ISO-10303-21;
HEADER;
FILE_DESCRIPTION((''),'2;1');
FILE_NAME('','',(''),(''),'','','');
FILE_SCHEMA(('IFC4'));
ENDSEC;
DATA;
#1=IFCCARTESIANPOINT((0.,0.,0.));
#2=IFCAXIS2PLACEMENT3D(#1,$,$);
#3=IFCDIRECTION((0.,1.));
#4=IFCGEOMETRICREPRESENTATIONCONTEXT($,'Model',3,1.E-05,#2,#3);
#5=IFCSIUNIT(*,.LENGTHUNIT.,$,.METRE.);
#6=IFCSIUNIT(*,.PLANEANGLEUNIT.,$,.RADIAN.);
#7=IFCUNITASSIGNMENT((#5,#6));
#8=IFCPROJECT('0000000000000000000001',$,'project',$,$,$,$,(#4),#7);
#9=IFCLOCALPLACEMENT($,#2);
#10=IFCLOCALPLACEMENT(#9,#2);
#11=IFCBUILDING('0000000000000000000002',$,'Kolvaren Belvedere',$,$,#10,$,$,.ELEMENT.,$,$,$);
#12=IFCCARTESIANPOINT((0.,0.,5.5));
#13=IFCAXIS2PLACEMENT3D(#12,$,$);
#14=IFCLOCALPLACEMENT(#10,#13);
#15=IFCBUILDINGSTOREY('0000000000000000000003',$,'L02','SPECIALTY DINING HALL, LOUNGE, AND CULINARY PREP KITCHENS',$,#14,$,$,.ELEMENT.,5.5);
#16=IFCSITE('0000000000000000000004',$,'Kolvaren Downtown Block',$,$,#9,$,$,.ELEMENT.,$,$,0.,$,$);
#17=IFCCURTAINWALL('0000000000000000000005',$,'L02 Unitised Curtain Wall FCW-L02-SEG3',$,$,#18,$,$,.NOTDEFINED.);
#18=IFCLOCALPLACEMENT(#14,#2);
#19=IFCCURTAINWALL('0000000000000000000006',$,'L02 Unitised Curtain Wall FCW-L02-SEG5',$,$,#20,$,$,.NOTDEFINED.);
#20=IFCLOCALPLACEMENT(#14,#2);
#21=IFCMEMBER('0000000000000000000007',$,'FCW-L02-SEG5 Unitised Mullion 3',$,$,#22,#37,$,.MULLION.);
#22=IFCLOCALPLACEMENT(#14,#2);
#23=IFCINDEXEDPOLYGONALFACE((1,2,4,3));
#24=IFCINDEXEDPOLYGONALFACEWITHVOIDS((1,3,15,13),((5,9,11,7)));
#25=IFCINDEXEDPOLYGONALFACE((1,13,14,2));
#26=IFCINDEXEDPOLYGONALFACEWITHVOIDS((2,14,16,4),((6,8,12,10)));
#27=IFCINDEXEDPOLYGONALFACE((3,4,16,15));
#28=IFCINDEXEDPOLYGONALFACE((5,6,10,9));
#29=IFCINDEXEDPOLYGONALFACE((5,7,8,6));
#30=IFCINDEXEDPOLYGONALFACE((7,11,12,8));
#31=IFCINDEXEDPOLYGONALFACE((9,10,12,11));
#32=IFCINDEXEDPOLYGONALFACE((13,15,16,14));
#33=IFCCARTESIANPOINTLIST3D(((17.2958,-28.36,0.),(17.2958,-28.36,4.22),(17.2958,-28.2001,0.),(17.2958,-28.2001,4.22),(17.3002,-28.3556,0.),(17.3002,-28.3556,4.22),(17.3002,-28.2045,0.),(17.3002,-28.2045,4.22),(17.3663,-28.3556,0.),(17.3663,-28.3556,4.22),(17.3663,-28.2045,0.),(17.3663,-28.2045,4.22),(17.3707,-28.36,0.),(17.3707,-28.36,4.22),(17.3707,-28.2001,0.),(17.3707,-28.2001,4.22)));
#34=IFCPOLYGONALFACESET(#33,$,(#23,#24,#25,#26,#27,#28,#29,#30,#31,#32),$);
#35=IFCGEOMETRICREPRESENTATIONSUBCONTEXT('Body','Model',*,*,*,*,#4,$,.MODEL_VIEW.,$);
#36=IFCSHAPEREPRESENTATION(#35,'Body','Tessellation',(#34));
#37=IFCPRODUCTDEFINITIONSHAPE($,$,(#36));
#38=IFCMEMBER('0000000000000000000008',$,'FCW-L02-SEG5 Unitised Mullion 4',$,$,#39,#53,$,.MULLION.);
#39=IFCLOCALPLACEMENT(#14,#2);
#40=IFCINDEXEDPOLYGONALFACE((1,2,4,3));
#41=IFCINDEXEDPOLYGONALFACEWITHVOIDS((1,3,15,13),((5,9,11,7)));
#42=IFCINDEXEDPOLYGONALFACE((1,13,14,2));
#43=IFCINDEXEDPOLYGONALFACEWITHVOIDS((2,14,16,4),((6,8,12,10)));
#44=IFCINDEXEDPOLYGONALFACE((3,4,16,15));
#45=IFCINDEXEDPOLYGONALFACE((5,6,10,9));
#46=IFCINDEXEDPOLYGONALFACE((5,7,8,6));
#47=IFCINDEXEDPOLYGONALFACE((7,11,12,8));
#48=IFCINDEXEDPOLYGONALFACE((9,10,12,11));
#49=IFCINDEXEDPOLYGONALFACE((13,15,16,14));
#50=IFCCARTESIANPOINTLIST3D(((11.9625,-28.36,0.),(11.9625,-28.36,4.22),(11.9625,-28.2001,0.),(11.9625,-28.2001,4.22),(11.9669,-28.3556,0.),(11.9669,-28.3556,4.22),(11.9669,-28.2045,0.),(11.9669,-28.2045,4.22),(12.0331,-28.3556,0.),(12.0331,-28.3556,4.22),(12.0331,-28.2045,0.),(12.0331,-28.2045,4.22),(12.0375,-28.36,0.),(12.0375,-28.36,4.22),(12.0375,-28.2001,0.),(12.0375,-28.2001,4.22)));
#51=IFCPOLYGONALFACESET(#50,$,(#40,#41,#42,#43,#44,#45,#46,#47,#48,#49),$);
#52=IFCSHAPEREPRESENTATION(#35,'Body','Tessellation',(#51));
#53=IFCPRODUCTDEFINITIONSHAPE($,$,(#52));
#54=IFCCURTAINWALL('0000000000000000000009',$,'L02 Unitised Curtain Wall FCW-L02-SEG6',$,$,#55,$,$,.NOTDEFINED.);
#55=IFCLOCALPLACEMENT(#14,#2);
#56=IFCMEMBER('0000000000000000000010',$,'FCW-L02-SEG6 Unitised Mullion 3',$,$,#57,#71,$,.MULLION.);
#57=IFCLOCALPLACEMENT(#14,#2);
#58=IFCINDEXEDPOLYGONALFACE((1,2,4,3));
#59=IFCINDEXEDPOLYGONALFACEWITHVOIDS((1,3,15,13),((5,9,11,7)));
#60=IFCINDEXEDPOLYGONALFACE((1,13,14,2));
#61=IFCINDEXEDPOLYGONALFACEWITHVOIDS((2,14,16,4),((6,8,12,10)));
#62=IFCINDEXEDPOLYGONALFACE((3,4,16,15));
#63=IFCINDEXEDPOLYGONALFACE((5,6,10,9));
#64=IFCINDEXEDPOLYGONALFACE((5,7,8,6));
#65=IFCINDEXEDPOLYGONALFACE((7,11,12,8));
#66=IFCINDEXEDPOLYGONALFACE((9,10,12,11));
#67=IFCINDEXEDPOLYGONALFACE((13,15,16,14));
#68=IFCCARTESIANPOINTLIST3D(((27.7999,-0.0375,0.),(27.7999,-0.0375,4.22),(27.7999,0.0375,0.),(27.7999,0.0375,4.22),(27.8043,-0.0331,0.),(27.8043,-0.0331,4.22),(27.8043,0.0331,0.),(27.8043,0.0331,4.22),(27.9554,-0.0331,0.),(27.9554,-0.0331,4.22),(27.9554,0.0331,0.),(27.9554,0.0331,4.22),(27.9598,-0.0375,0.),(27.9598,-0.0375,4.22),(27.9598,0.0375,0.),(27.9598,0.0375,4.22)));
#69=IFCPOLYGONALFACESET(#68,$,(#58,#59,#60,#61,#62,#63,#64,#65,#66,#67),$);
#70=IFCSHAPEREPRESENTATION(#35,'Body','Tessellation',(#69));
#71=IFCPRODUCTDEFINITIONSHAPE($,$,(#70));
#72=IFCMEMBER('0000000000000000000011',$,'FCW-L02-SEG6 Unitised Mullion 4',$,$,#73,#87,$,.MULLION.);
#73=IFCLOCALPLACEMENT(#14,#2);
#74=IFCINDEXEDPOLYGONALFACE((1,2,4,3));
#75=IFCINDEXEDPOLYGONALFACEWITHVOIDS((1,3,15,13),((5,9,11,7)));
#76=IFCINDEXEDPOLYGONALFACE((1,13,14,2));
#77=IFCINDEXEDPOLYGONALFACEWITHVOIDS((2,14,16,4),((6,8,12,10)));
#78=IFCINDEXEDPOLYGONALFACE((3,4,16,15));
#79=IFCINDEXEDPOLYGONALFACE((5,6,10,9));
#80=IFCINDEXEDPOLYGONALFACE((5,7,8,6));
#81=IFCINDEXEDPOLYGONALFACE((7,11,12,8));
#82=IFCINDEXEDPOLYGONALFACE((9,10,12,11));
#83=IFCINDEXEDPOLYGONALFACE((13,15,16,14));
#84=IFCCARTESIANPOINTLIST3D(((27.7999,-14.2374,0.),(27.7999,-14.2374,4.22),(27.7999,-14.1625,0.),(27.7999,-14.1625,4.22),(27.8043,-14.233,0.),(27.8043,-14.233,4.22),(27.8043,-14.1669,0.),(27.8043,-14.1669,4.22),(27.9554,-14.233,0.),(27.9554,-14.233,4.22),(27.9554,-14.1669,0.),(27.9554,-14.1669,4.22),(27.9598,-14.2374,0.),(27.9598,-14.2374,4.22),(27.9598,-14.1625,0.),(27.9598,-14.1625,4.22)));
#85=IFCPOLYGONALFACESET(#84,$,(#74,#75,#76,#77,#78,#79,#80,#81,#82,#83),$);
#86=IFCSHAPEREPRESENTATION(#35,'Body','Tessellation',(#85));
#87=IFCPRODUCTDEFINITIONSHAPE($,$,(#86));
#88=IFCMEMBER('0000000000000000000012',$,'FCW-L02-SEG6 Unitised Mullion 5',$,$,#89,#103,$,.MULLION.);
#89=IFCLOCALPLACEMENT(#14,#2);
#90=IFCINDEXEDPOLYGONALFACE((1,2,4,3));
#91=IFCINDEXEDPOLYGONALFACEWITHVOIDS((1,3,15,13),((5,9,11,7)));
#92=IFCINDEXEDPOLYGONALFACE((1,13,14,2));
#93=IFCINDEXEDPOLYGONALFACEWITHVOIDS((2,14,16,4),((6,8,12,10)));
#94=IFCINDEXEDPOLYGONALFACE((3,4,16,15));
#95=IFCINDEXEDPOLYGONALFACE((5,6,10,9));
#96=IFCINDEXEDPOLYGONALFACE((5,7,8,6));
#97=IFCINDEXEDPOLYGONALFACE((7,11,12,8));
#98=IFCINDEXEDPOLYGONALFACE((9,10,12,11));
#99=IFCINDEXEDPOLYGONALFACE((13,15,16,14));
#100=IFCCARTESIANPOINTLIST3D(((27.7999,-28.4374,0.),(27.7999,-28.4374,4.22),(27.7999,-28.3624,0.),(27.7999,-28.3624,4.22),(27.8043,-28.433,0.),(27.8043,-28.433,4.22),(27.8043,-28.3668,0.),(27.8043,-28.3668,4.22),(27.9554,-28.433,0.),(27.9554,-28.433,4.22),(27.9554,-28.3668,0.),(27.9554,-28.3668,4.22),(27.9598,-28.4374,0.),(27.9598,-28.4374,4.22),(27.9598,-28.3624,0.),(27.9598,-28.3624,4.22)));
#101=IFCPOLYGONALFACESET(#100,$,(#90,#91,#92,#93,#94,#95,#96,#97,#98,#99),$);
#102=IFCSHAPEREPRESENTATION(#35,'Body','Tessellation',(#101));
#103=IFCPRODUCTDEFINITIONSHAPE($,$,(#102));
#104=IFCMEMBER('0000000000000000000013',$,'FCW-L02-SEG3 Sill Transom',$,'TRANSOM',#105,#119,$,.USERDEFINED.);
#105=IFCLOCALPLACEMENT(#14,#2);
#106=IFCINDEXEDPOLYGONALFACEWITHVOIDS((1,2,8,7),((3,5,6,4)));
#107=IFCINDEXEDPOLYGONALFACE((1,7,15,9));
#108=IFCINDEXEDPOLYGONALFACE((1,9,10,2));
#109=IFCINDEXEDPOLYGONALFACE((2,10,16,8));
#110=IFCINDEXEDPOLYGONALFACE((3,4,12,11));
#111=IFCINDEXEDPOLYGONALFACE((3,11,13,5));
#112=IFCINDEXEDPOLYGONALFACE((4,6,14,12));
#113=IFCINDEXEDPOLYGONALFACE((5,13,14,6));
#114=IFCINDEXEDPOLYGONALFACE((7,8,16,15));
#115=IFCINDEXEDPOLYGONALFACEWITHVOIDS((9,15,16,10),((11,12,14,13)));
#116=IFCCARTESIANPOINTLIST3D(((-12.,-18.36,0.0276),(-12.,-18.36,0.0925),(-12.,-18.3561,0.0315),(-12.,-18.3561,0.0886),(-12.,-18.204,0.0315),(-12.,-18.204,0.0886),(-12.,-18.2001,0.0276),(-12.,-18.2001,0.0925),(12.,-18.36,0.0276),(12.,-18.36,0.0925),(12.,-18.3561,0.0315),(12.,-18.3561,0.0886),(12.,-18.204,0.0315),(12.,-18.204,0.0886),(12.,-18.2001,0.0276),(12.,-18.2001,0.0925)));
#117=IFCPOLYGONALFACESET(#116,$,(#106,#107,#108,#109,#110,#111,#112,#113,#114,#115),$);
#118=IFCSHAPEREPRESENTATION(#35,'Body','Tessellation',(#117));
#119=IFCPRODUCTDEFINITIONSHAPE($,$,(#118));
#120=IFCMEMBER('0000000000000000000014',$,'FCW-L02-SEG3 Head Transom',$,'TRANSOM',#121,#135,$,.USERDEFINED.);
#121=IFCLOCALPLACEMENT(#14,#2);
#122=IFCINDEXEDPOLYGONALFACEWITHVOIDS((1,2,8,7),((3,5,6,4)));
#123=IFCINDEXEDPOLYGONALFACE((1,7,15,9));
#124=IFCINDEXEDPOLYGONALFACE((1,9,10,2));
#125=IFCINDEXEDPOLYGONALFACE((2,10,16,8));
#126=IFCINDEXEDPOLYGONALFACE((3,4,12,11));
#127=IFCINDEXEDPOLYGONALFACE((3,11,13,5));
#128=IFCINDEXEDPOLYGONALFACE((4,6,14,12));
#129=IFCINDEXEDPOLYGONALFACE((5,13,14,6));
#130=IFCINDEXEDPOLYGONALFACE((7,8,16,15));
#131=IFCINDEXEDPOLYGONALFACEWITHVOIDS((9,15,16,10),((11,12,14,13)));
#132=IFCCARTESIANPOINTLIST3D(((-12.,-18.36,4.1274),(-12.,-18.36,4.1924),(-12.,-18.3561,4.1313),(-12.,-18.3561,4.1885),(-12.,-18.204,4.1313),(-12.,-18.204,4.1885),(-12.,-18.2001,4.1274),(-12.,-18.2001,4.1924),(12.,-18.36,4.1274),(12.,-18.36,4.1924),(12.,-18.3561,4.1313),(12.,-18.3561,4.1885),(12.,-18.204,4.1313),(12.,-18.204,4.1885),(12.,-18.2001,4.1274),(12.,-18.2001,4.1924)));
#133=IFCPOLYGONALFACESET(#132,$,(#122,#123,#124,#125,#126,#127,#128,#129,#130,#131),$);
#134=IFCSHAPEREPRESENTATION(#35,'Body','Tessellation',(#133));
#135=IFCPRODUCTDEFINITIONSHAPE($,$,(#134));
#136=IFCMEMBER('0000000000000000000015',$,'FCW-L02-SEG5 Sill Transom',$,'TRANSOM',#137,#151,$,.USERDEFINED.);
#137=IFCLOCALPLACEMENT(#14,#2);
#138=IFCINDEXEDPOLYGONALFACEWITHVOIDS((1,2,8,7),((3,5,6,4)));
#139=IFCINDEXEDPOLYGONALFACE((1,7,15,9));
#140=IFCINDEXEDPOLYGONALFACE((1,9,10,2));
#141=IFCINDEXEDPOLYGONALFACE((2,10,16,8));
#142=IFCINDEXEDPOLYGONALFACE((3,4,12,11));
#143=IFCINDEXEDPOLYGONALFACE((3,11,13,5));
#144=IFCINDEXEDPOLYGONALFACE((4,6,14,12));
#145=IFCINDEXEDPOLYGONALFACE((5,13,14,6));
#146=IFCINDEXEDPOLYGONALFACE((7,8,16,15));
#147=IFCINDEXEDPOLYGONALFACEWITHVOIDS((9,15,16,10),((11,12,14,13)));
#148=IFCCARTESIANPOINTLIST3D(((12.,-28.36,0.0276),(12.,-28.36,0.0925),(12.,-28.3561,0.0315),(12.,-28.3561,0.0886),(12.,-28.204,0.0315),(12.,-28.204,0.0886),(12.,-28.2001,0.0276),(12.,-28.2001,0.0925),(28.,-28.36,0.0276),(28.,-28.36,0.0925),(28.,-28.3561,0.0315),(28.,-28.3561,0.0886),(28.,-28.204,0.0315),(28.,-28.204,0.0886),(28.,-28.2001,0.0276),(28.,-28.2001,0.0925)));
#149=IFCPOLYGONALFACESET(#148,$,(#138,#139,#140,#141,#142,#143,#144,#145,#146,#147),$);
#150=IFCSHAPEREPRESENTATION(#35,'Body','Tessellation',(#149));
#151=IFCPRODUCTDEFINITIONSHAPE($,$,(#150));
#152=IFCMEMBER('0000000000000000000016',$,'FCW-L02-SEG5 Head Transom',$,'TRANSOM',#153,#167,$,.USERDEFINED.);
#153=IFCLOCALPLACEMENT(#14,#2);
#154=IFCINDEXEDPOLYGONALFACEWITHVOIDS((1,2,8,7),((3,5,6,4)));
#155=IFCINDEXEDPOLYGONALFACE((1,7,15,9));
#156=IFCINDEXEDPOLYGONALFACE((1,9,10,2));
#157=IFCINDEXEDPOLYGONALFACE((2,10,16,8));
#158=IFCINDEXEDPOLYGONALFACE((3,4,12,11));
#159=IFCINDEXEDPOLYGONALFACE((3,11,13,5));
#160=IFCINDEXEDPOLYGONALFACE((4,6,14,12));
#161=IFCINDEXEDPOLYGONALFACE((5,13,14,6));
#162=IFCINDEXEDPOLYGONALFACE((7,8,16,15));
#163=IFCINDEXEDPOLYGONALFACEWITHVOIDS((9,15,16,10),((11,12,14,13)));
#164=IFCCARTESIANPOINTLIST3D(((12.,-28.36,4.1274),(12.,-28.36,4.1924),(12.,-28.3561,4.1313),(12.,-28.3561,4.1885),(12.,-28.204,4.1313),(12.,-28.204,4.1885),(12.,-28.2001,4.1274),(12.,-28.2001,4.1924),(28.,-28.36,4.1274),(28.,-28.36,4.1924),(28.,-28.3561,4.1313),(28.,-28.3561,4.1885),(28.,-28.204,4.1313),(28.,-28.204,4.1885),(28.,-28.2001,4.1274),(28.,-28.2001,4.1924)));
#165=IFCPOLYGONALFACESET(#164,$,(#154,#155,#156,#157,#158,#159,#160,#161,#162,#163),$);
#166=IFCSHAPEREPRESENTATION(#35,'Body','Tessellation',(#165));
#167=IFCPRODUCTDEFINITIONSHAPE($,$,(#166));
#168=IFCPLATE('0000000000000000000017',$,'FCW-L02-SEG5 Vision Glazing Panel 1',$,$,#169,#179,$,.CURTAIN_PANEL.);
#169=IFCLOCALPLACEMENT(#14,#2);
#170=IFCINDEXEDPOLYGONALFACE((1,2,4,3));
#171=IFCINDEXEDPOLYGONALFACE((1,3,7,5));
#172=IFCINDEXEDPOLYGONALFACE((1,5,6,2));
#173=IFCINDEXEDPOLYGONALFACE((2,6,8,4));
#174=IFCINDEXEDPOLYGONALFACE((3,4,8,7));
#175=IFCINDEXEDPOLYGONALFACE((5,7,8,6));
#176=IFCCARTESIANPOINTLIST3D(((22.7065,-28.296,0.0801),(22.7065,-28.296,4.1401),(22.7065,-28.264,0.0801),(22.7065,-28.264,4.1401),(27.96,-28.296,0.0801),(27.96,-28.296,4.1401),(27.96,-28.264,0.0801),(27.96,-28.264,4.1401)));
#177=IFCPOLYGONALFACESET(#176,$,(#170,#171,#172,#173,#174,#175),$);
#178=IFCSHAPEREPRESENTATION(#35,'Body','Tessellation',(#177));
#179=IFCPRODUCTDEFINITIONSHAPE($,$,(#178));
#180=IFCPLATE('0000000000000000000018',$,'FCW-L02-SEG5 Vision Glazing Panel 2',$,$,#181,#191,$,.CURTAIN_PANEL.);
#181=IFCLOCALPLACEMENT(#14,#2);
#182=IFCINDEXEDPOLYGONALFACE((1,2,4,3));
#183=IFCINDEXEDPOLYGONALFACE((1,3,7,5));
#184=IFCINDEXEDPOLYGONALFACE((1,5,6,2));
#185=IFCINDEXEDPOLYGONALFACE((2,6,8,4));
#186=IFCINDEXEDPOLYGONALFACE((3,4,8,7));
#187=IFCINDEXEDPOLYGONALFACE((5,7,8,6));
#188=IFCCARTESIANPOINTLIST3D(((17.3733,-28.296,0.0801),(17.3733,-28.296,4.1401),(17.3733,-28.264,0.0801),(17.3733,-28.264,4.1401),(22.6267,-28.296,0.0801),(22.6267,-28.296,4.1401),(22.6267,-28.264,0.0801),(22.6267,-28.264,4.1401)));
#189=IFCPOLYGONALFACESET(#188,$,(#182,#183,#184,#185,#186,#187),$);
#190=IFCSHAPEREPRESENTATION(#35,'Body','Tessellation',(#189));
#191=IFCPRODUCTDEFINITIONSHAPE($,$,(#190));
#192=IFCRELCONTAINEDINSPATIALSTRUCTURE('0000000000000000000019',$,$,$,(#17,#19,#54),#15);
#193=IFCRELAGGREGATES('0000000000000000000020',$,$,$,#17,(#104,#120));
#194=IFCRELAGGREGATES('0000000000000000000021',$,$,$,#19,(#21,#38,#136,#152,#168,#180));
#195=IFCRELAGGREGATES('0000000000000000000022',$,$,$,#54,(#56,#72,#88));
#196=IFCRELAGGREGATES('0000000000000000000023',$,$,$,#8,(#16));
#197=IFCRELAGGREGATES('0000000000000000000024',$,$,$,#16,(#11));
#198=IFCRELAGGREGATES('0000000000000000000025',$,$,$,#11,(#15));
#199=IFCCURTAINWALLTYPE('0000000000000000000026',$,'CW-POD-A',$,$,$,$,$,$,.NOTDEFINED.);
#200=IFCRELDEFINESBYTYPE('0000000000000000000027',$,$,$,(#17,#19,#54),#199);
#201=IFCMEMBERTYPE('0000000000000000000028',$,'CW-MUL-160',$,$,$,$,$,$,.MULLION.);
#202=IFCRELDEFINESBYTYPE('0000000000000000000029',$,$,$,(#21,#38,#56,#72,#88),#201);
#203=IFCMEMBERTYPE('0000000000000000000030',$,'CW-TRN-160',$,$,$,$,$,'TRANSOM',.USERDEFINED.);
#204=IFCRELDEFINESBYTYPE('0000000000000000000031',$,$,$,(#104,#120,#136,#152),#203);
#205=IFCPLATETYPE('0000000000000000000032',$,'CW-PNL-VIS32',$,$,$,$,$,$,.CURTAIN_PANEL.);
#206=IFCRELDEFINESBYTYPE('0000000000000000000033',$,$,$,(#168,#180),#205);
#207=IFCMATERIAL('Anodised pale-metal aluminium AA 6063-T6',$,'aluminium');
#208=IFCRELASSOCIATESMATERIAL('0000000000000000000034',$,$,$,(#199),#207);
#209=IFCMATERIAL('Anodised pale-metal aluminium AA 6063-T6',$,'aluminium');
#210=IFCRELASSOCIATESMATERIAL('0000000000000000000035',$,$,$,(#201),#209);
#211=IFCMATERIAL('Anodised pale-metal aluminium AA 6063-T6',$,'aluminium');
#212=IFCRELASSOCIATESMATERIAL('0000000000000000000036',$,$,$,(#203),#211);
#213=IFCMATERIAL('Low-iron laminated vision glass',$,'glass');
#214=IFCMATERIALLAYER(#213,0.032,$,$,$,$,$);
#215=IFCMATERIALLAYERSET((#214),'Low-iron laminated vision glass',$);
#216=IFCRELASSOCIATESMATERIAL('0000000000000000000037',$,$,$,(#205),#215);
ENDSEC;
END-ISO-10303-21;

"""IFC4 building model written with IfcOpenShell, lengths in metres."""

from ifc_helpers import new_model, si_unit, direction, frame, origin, origin_2d, place, context, subcontext, project, spatial, rectangle, hollow_rectangle, extrude, material, layer, layer_set, material_profile, profile_set, type_object, element, aggregate, save


model = new_model("IFC4")

# Units and contexts
model_context = context("Model", 3, precision=1e-05, world=origin(), true_north=direction((0.0, 1.0)))
body_context = subcontext(model_context, "Body", "Model", "MODEL_VIEW")
ifc_project = project(units=[si_unit("LENGTHUNIT", "METRE"), si_unit("PLANEANGLEUNIT", "RADIAN")], contexts=[model_context])

# Site, building, storey
site_placement = place(None, origin())
site = spatial("IfcSite", under=ifc_project, at=site_placement, Name="Kolvaren Downtown Block", CompositionType="ELEMENT", RefElevation=0.0)
building_placement = place(site_placement, origin())
building = spatial("IfcBuilding", under=site, at=building_placement, Name="Kolvaren Belvedere", CompositionType="ELEMENT")
storey_placement = place(building_placement, frame((0.0, 0.0, 5.5)))
storey = spatial("IfcBuildingStorey", under=building, at=storey_placement, Name="L02", Description="SPECIALTY DINING HALL, LOUNGE, AND CULINARY PREP KITCHENS", CompositionType="ELEMENT", Elevation=5.5)

# Curtain wall
ifc_material_1 = material(Name="Anodised pale-metal aluminium AA 6063-T6", Category="aluminium")
curtain_wall_type = type_object("IfcCurtainWallType", Name="CW-POD-A", PredefinedType="NOTDEFINED", material=ifc_material_1)
curtain_wall_1_placement = place(storey_placement, origin())
curtain_wall_1 = element("IfcCurtainWall", 1, at=curtain_wall_1_placement, inside=storey, type_object=curtain_wall_type, Name="L02 Unitised Curtain Wall FCW-L02-SEG3", PredefinedType="NOTDEFINED")
ifc_material_2 = material(Name="Anodised pale-metal aluminium AA 6063-T6", Category="aluminium")
ifc_material_profile_1 = material_profile(ifc_material_2, hollow_rectangle(XDim=0.075, YDim=0.1599, WallThickness=0.0044, at=origin_2d()), Name="ALU-MUL-160X75")
ifc_profile_set_1 = profile_set([ifc_material_profile_1], Name="Anodised pale-metal aluminium AA 6063-T6")
member_type_1 = type_object("IfcMemberType", Name="CW-MUL-160", PredefinedType="MULLION", material=ifc_profile_set_1)

# Curtain walls, members
curtain_wall_2_placement = place(storey_placement, origin())
curtain_wall_2 = element("IfcCurtainWall", 2, at=curtain_wall_2_placement, inside=storey, type_object=curtain_wall_type, Name="L02 Unitised Curtain Wall FCW-L02-SEG5", PredefinedType="NOTDEFINED")
member_1_placement = place(storey_placement, frame((17.3333, -28.28, 0.0), z_axis=(0.0, 0.0, 1.0), x_axis=(1.0, 0.0, 0.0)))
member_1 = element("IfcMember", 3, at=member_1_placement, type_object=member_type_1, Name="FCW-L02-SEG5 Unitised Mullion 3", PredefinedType="MULLION", context=body_context, shape_type="SweptSolid", body=[
    extrude(hollow_rectangle(XDim=0.075, YDim=0.1599, WallThickness=0.0044, at=origin_2d()), origin(), (0.0, 0.0, 1.0), 4.22),
])
member_2_placement = place(storey_placement, frame((12.0, -28.28, 0.0), z_axis=(0.0, 0.0, 1.0), x_axis=(1.0, 0.0, 0.0)))
member_2 = element("IfcMember", 4, at=member_2_placement, type_object=member_type_1, Name="FCW-L02-SEG5 Unitised Mullion 4", PredefinedType="MULLION", context=body_context, shape_type="SweptSolid", body=[
    extrude(hollow_rectangle(XDim=0.075, YDim=0.1599, WallThickness=0.0044, at=origin_2d()), origin(), (0.0, 0.0, 1.0), 4.22),
])
curtain_wall_3_placement = place(storey_placement, origin())
curtain_wall_3 = element("IfcCurtainWall", 5, at=curtain_wall_3_placement, inside=storey, type_object=curtain_wall_type, Name="L02 Unitised Curtain Wall FCW-L02-SEG6", PredefinedType="NOTDEFINED")
member_3_placement = place(storey_placement, frame((27.8799, 0.0, 0.0), z_axis=(0.0, 0.0, 1.0), x_axis=(0.0, 1.0, 0.0)))
member_3 = element("IfcMember", 6, at=member_3_placement, type_object=member_type_1, Name="FCW-L02-SEG6 Unitised Mullion 3", PredefinedType="MULLION", context=body_context, shape_type="SweptSolid", body=[
    extrude(hollow_rectangle(XDim=0.075, YDim=0.1599, WallThickness=0.0044, at=origin_2d()), origin(), (0.0, 0.0, 1.0), 4.22),
])
member_4_placement = place(storey_placement, frame((27.8799, -14.2, 0.0), z_axis=(0.0, 0.0, 1.0), x_axis=(0.0, 1.0, 0.0)))
member_4 = element("IfcMember", 7, at=member_4_placement, type_object=member_type_1, Name="FCW-L02-SEG6 Unitised Mullion 4", PredefinedType="MULLION", context=body_context, shape_type="SweptSolid", body=[
    extrude(hollow_rectangle(XDim=0.075, YDim=0.1599, WallThickness=0.0044, at=origin_2d()), origin(), (0.0, 0.0, 1.0), 4.22),
])
member_5_placement = place(storey_placement, frame((27.8799, -28.3999, 0.0), z_axis=(0.0, 0.0, 1.0), x_axis=(0.0, 1.0, 0.0)))
member_5 = element("IfcMember", 8, at=member_5_placement, type_object=member_type_1, Name="FCW-L02-SEG6 Unitised Mullion 5", PredefinedType="MULLION", context=body_context, shape_type="SweptSolid", body=[
    extrude(hollow_rectangle(XDim=0.075, YDim=0.1599, WallThickness=0.0044, at=origin_2d()), origin(), (0.0, 0.0, 1.0), 4.22),
])

# Members
ifc_material_3 = material(Name="Anodised pale-metal aluminium AA 6063-T6", Category="aluminium")
ifc_material_profile_2 = material_profile(ifc_material_3, hollow_rectangle(XDim=0.0649, YDim=0.1599, WallThickness=0.0039, at=origin_2d()), Name="ALU-TRN-160X65")
ifc_profile_set_2 = profile_set([ifc_material_profile_2], Name="Anodised pale-metal aluminium AA 6063-T6")
member_type_2 = type_object("IfcMemberType", Name="CW-TRN-160", ElementType="TRANSOM", PredefinedType="USERDEFINED", material=ifc_profile_set_2)
member_6_placement = place(storey_placement, frame((12.0, -18.28, 0.0601), z_axis=(-1.0, 0.0, 0.0), x_axis=(0.0, 0.0, 1.0)))
member_6 = element("IfcMember", 9, at=member_6_placement, type_object=member_type_2, Name="FCW-L02-SEG3 Sill Transom", ObjectType="TRANSOM", PredefinedType="USERDEFINED", context=body_context, shape_type="SweptSolid", body=[
    extrude(hollow_rectangle(XDim=0.0649, YDim=0.1599, WallThickness=0.0039, at=origin_2d()), origin(), (0.0, 0.0, 1.0), 24.0),
])
member_7_placement = place(storey_placement, frame((12.0, -18.28, 4.1599), z_axis=(-1.0, 0.0, 0.0), x_axis=(0.0, 0.0, 1.0)))
member_7 = element("IfcMember", 10, at=member_7_placement, type_object=member_type_2, Name="FCW-L02-SEG3 Head Transom", ObjectType="TRANSOM", PredefinedType="USERDEFINED", context=body_context, shape_type="SweptSolid", body=[
    extrude(hollow_rectangle(XDim=0.0649, YDim=0.1599, WallThickness=0.0039, at=origin_2d()), origin(), (0.0, 0.0, 1.0), 24.0),
])
aggregate(curtain_wall_1, [member_6, member_7])
member_8_placement = place(storey_placement, frame((28.0, -28.28, 0.0601), z_axis=(-1.0, 0.0, 0.0), x_axis=(0.0, 0.0, 1.0)))
member_8 = element("IfcMember", 11, at=member_8_placement, type_object=member_type_2, Name="FCW-L02-SEG5 Sill Transom", ObjectType="TRANSOM", PredefinedType="USERDEFINED", context=body_context, shape_type="SweptSolid", body=[
    extrude(hollow_rectangle(XDim=0.0649, YDim=0.1599, WallThickness=0.0039, at=origin_2d()), origin(), (0.0, 0.0, 1.0), 16.0),
])
member_9_placement = place(storey_placement, frame((28.0, -28.28, 4.1599), z_axis=(-1.0, 0.0, 0.0), x_axis=(0.0, 0.0, 1.0)))
member_9 = element("IfcMember", 12, at=member_9_placement, type_object=member_type_2, Name="FCW-L02-SEG5 Head Transom", ObjectType="TRANSOM", PredefinedType="USERDEFINED", context=body_context, shape_type="SweptSolid", body=[
    extrude(hollow_rectangle(XDim=0.0649, YDim=0.1599, WallThickness=0.0039, at=origin_2d()), origin(), (0.0, 0.0, 1.0), 16.0),
])

# Plates
ifc_material_4 = material(Name="Low-iron laminated vision glass", Category="glass")
ifc_layer_1 = layer(ifc_material_4, 0.032)
ifc_layer_set_1 = layer_set([ifc_layer_1], Name="Low-iron laminated vision glass")
plate_type = type_object("IfcPlateType", Name="CW-PNL-VIS32", PredefinedType="CURTAIN_PANEL", material=ifc_layer_set_1)
plate_1_placement = place(storey_placement, frame((25.3333, -28.28, 0.0801), z_axis=(0.0, 0.0, 1.0), x_axis=(-1.0, 0.0, 0.0)))
plate_1 = element("IfcPlate", 13, at=plate_1_placement, type_object=plate_type, Name="FCW-L02-SEG5 Vision Glazing Panel 1", PredefinedType="CURTAIN_PANEL", context=body_context, shape_type="SweptSolid", body=[
    extrude(rectangle(XDim=5.2534, YDim=0.032, at=origin_2d()), origin(), (0.0, 0.0, 1.0), 4.0601),
])
plate_2_placement = place(storey_placement, frame((20.0, -28.28, 0.0801), z_axis=(0.0, 0.0, 1.0), x_axis=(-1.0, 0.0, 0.0)))
plate_2 = element("IfcPlate", 14, at=plate_2_placement, type_object=plate_type, Name="FCW-L02-SEG5 Vision Glazing Panel 2", PredefinedType="CURTAIN_PANEL", context=body_context, shape_type="SweptSolid", body=[
    extrude(rectangle(XDim=5.2534, YDim=0.032, at=origin_2d()), origin(), (0.0, 0.0, 1.0), 4.0601),
])
aggregate(curtain_wall_2, [member_1, member_2, member_8, member_9, plate_1, plate_2])
aggregate(curtain_wall_3, [member_3, member_4, member_5])

save(model, "model.ifc")
